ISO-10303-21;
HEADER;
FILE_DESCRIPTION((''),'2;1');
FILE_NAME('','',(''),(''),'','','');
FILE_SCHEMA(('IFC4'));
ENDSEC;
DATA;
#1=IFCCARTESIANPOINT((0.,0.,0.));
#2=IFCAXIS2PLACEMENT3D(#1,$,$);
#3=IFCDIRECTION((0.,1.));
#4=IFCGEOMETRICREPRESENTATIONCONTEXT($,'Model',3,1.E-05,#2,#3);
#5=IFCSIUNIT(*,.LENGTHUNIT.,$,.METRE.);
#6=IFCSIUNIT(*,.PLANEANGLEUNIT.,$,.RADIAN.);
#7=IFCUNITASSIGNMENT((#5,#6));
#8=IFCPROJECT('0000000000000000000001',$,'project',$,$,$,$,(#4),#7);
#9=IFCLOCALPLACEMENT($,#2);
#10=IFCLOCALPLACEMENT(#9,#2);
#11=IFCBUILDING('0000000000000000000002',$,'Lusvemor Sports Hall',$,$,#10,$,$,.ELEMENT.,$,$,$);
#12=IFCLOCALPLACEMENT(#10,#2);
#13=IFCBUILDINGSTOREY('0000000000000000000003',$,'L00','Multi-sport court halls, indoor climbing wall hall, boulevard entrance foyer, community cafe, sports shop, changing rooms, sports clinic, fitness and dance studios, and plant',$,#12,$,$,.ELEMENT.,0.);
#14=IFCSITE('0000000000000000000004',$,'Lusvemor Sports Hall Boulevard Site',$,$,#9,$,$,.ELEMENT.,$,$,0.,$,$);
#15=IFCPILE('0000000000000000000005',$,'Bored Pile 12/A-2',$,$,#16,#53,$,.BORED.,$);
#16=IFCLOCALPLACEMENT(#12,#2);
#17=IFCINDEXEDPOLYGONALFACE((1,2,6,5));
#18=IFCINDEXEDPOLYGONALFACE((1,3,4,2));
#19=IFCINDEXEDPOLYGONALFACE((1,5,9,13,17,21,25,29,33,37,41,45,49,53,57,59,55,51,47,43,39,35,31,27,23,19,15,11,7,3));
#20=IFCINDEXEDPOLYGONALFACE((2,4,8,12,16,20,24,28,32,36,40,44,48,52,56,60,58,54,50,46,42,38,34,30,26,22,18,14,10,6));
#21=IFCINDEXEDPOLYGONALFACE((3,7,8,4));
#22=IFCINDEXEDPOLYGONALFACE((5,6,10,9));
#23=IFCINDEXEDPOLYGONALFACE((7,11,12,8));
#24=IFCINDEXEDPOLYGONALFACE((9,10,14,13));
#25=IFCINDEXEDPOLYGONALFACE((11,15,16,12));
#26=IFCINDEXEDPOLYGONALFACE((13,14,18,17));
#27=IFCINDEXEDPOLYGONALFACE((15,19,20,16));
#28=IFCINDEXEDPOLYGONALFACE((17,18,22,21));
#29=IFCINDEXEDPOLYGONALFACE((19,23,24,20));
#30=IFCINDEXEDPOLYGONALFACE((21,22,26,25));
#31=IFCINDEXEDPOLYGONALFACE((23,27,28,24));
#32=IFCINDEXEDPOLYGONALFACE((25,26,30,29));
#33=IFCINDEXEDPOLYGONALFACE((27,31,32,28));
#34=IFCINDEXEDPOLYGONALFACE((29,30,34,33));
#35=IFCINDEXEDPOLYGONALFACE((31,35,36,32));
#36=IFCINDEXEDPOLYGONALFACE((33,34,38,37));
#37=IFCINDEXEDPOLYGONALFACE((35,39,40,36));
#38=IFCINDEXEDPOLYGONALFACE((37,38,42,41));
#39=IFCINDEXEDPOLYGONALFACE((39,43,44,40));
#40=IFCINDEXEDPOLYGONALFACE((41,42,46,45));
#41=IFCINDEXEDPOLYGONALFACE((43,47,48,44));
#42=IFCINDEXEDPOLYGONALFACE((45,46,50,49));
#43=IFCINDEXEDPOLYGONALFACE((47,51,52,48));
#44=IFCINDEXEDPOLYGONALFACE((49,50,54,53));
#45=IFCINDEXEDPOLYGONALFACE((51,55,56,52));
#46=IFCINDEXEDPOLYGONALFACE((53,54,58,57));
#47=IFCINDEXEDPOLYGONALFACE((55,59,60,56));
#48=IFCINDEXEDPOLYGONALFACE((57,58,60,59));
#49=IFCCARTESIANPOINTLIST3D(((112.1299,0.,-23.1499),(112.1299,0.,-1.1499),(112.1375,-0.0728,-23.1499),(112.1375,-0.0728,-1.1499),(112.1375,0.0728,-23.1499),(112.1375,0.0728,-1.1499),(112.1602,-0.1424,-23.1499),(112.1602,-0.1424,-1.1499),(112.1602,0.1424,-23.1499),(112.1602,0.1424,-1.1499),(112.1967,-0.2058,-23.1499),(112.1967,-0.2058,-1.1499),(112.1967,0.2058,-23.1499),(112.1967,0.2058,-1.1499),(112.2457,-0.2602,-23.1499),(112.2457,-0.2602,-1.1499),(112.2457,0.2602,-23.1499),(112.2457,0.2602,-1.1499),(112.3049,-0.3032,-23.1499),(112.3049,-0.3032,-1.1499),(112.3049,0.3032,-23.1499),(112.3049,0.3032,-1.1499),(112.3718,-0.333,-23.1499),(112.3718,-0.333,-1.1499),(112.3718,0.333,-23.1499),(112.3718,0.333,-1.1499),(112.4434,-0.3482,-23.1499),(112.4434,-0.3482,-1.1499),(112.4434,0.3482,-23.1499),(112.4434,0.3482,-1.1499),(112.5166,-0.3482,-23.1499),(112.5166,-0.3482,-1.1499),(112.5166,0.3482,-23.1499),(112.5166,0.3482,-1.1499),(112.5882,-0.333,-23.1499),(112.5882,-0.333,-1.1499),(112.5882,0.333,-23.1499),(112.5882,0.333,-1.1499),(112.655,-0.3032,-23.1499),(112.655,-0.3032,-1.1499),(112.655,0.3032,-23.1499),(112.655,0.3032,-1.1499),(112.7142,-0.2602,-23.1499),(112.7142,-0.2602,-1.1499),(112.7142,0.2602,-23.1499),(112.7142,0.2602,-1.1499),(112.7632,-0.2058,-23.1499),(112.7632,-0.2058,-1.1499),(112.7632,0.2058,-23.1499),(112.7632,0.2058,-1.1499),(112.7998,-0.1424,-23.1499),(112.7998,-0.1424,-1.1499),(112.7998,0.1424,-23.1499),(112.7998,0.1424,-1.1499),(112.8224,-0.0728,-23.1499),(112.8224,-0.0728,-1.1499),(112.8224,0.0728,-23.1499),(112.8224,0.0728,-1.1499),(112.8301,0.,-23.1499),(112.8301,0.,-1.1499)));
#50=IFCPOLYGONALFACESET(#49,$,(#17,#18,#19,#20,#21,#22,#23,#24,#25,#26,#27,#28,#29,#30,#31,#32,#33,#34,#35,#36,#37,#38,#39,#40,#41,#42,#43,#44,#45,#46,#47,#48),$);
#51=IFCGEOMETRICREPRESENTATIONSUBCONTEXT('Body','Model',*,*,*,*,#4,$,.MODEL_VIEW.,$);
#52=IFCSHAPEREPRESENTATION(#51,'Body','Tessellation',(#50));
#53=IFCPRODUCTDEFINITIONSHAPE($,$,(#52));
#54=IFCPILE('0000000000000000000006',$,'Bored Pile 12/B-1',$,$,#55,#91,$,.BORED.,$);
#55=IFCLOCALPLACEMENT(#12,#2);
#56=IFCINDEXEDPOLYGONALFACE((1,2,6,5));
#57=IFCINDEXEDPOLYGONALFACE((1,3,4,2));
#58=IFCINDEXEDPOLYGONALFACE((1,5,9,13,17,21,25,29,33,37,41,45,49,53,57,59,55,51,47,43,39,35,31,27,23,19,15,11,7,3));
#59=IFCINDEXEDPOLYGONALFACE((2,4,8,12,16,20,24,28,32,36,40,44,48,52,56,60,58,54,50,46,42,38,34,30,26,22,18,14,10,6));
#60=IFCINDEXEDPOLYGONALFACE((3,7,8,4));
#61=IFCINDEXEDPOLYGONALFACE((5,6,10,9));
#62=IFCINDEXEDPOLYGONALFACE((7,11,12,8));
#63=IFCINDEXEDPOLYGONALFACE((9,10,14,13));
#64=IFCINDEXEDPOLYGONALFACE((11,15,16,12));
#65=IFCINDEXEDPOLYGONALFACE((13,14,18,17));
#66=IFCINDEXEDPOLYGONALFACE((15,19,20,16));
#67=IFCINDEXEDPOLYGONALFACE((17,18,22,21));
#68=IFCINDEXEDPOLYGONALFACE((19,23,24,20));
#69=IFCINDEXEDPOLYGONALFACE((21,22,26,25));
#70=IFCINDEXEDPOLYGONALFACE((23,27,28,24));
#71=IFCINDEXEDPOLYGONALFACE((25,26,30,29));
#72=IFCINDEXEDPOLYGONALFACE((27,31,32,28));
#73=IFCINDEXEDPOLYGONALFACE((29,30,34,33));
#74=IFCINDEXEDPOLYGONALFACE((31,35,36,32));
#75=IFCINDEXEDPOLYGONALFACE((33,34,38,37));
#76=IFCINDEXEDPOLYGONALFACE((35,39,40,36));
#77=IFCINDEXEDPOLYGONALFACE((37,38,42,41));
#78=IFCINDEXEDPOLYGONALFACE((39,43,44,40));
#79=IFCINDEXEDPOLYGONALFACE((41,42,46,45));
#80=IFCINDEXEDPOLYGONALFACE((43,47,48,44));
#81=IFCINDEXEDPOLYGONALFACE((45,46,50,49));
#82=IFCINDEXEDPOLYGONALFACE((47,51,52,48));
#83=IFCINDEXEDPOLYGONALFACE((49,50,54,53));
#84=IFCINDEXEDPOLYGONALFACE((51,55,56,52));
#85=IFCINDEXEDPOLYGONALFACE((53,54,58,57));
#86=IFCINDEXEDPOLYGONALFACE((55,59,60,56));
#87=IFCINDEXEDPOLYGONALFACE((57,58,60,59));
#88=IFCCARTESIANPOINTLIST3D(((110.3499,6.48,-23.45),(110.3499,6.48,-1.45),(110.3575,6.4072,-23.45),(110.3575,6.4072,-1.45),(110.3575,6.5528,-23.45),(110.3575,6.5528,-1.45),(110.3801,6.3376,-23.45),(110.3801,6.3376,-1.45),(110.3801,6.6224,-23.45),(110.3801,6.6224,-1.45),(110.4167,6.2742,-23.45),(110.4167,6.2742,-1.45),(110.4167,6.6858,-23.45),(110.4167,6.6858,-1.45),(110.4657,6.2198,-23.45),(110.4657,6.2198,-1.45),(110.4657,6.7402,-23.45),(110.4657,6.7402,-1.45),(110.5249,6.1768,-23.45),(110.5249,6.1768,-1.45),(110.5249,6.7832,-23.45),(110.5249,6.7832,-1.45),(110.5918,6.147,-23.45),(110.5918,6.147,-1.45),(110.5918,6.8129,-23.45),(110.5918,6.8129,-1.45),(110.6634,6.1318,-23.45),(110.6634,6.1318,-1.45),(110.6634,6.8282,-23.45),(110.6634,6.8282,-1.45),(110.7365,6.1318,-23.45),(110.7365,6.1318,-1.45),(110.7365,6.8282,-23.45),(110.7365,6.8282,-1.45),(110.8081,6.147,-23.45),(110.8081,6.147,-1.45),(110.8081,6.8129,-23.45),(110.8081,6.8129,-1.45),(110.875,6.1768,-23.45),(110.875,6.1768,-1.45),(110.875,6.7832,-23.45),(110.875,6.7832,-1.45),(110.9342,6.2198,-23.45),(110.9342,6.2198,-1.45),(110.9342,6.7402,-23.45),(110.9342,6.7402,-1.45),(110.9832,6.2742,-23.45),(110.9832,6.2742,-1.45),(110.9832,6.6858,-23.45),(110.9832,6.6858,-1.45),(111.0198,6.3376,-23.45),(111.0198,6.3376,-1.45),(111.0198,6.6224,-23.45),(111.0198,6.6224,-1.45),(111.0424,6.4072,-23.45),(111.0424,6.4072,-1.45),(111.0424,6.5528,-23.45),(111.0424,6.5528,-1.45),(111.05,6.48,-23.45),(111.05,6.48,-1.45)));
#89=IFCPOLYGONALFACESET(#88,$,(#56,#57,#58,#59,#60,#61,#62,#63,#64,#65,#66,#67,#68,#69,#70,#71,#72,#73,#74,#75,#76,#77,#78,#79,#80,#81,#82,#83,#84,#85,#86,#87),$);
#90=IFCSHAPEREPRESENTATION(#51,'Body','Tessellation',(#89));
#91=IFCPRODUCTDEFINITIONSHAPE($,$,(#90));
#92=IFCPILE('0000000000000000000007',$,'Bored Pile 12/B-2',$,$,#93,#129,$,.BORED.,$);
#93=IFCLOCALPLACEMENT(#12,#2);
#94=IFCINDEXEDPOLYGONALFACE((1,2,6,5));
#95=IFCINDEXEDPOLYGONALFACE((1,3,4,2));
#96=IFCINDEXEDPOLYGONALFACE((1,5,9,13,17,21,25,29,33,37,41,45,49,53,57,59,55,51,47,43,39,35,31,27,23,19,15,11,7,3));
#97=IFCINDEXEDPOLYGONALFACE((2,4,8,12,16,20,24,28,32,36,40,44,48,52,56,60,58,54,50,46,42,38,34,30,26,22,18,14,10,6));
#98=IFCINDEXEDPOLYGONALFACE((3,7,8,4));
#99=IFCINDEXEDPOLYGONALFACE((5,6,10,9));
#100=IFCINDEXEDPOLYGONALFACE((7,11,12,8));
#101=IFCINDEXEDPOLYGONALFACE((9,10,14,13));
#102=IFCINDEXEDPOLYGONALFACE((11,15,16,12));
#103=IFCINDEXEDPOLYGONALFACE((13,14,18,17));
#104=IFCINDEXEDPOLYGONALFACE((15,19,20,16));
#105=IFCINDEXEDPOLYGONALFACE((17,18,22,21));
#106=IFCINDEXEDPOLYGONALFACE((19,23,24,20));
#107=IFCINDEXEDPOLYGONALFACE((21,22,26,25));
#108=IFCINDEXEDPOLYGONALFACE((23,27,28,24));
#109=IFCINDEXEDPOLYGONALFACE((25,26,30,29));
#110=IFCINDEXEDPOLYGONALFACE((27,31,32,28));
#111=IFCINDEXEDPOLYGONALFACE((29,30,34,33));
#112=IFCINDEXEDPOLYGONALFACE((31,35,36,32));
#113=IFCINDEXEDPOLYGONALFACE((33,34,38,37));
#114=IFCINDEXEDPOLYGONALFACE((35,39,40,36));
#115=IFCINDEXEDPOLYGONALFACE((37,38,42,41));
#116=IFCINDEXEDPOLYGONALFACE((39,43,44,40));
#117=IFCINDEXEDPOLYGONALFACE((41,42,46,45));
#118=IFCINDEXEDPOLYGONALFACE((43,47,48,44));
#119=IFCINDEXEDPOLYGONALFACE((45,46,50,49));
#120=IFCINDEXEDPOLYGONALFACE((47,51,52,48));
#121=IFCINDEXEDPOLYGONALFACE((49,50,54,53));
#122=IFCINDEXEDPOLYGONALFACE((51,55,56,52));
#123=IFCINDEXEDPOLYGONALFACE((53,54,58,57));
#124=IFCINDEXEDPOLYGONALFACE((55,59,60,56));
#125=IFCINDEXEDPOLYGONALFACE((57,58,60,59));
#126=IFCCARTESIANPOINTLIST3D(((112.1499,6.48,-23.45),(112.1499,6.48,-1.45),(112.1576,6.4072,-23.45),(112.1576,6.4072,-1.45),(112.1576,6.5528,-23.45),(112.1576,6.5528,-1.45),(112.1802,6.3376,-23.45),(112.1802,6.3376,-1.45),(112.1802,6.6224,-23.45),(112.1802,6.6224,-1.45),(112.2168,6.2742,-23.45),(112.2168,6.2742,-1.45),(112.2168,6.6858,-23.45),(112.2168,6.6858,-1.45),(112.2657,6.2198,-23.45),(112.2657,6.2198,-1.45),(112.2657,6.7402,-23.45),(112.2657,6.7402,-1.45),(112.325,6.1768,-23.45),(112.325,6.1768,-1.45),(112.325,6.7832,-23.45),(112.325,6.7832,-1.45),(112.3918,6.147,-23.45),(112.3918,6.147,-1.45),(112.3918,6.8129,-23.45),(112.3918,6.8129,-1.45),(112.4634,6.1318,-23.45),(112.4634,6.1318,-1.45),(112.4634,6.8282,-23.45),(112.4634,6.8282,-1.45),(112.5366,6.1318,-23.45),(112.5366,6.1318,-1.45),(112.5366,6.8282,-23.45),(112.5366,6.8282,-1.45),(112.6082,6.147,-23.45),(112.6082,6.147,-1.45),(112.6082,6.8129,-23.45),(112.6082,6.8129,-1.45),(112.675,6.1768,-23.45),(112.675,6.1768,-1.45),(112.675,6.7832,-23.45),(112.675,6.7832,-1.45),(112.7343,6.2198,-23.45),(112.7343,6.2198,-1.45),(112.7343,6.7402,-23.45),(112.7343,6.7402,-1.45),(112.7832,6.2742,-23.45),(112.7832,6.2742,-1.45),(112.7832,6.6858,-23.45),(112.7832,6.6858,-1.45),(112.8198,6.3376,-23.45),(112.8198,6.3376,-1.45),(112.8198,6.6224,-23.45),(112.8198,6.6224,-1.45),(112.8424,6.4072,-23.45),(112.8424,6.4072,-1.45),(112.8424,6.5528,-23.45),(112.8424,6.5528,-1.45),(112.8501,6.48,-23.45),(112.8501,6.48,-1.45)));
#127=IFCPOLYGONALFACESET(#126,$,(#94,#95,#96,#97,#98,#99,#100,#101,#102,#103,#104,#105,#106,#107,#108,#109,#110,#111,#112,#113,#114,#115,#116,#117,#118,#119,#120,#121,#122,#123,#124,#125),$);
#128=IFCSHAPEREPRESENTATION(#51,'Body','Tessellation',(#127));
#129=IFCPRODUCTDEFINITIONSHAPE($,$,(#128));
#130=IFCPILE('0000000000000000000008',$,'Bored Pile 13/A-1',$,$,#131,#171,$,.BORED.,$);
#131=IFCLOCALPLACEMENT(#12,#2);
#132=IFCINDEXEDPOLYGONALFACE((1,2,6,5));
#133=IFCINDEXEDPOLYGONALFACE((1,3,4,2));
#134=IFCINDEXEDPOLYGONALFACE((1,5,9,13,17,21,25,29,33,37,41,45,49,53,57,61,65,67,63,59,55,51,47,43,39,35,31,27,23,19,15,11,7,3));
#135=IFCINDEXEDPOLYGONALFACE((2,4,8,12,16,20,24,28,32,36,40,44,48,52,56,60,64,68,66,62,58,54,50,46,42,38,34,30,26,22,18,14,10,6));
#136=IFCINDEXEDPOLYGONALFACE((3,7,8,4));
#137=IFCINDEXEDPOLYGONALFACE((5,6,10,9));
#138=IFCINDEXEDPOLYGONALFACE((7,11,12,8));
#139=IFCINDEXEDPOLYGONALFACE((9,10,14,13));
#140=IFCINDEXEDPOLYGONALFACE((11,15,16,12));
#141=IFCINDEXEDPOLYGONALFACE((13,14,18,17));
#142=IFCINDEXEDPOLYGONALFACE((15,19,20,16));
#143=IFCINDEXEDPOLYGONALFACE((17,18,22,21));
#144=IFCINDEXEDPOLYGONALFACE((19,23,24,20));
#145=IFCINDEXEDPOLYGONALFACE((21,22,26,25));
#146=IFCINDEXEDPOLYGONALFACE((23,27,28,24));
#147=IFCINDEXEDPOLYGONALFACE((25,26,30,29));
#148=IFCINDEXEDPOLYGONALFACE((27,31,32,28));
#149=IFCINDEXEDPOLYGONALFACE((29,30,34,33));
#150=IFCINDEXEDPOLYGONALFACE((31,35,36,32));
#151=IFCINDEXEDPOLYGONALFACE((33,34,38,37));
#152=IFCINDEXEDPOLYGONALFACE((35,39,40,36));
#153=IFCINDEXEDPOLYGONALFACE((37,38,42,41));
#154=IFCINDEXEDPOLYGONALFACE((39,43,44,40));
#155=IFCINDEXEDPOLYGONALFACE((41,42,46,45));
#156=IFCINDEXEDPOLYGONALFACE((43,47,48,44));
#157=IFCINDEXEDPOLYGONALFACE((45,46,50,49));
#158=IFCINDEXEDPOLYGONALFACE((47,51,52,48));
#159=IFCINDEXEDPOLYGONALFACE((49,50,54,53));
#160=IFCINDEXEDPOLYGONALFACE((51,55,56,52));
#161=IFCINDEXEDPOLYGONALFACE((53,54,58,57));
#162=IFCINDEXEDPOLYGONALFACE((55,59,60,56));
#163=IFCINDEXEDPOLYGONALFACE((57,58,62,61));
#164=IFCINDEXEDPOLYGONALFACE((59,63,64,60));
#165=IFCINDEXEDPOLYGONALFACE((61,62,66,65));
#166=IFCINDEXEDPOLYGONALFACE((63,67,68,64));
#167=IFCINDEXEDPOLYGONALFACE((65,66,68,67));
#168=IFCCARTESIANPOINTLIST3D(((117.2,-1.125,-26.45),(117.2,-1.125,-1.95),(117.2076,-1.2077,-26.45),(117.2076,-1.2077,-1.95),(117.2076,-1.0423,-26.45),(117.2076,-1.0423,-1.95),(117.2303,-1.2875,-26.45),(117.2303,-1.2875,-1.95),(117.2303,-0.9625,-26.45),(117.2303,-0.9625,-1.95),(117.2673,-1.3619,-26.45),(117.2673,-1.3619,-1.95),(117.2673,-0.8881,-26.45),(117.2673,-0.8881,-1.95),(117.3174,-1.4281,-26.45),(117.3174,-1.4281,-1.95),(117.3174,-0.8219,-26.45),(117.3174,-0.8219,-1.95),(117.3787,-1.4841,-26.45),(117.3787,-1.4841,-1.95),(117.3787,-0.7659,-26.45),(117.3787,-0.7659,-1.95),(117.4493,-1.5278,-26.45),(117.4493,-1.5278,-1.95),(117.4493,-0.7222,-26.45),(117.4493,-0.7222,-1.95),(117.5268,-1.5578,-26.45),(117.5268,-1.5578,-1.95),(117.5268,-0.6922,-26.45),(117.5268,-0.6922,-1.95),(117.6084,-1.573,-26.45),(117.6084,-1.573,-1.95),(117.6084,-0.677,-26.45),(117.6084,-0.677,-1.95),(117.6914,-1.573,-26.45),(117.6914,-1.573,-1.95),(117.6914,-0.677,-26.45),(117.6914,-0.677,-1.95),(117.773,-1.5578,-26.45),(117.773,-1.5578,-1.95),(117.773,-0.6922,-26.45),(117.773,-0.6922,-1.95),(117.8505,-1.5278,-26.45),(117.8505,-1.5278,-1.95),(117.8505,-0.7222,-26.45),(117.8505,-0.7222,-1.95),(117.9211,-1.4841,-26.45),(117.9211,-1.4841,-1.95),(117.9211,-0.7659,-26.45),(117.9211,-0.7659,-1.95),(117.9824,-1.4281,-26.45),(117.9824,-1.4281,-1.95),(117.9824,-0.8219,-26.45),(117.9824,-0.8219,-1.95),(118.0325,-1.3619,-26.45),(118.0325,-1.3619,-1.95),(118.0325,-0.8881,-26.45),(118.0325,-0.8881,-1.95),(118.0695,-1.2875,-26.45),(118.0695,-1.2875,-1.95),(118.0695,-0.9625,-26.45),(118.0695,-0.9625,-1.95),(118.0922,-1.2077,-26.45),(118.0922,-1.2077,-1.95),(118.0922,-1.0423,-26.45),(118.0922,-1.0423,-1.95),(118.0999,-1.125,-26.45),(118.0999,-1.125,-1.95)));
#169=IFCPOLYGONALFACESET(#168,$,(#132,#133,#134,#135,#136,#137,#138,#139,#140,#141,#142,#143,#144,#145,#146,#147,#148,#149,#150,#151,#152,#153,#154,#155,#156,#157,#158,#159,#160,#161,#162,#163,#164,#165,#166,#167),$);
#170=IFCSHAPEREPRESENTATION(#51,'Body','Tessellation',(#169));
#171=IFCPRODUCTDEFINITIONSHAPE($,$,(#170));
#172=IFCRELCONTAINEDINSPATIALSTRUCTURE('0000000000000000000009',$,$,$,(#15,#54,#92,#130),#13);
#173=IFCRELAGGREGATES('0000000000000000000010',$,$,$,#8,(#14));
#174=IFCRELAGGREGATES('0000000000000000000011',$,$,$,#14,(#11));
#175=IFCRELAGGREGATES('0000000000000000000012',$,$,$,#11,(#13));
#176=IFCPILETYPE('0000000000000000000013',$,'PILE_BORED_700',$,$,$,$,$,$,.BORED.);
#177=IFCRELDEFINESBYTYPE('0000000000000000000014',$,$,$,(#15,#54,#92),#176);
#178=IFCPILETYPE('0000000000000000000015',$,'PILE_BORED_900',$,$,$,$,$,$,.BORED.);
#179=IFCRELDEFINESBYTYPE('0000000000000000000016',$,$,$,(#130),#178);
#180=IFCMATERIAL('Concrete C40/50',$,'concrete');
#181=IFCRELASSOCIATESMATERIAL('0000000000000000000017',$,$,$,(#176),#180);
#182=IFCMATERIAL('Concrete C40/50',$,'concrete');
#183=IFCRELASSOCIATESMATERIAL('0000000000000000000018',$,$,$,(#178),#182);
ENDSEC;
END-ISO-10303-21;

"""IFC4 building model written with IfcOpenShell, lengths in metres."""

from ifc_helpers import new_model, si_unit, direction, frame, origin, origin_2d, place, context, subcontext, project, spatial, circle, extrude, material, material_profile, profile_set, type_object, element, save


model = new_model("IFC4")

# Units and contexts
model_context = context("Model", 3, precision=1e-05, world=origin(), true_north=direction((0.0, 1.0)))
body_context = subcontext(model_context, "Body", "Model", "MODEL_VIEW")
ifc_project = project(units=[si_unit("LENGTHUNIT", "METRE"), si_unit("PLANEANGLEUNIT", "RADIAN")], contexts=[model_context])

# Site, building, storey
site_placement = place(None, origin())
site = spatial("IfcSite", under=ifc_project, at=site_placement, Name="Lusvemor Sports Hall Boulevard Site", CompositionType="ELEMENT", RefElevation=0.0)
building_placement = place(site_placement, origin())
building = spatial("IfcBuilding", under=site, at=building_placement, Name="Lusvemor Sports Hall", CompositionType="ELEMENT")
storey_placement = place(building_placement, origin())
storey = spatial("IfcBuildingStorey", under=building, at=storey_placement, Name="L00", Description="Multi-sport court halls, indoor climbing wall hall, boulevard entrance foyer, community cafe, sports shop, changing rooms, sports clinic, fitness and dance studios, and plant", CompositionType="ELEMENT", Elevation=0.0)

# Piles
ifc_material_1 = material(Name="Concrete C40/50", Category="concrete")
ifc_material_profile_1 = material_profile(ifc_material_1, circle(Radius=0.3501, at=origin_2d()), Name="PILE700")
ifc_profile_set_1 = profile_set([ifc_material_profile_1], Name="Concrete C40/50")
pile_type_1 = type_object("IfcPileType", Name="PILE_BORED_700", PredefinedType="BORED", material=ifc_profile_set_1)
for number, where, z_axis, x_axis, name in (
    (1, (112.48, 0.0, -1.1499), (0.0, 0.0, -1.0), (1.0, 0.0, 0.0), "Bored Pile 12/A-2"),
    (2, (110.7, 6.48, -1.45), (0.0, 0.0, -1.0), (1.0, 0.0, 0.0), "Bored Pile 12/B-1"),
    (3, (112.5, 6.48, -1.45), (0.0, 0.0, -1.0), (1.0, 0.0, 0.0), "Bored Pile 12/B-2"),
):
    element("IfcPile", number, at=place(storey_placement, frame(where, z_axis=z_axis, x_axis=x_axis)), inside=storey, type_object=pile_type_1, Name=name, PredefinedType="BORED", context=body_context, shape_type="SweptSolid", body=[
        extrude(circle(Radius=0.3501, at=origin_2d()), origin(), (0.0, 0.0, 1.0), 22.0),
    ])
ifc_material_2 = material(Name="Concrete C40/50", Category="concrete")
ifc_material_profile_2 = material_profile(ifc_material_2, circle(Radius=0.45, at=origin_2d()), Name="PILE900")
ifc_profile_set_2 = profile_set([ifc_material_profile_2], Name="Concrete C40/50")
pile_type_2 = type_object("IfcPileType", Name="PILE_BORED_900", PredefinedType="BORED", material=ifc_profile_set_2)
for number, where, z_axis, x_axis, name in (
    (4, (117.6499, -1.125, -1.95), (0.0, 0.0, -1.0), (1.0, 0.0, 0.0), "Bored Pile 13/A-1"),
):
    element("IfcPile", number, at=place(storey_placement, frame(where, z_axis=z_axis, x_axis=x_axis)), inside=storey, type_object=pile_type_2, Name=name, PredefinedType="BORED", context=body_context, shape_type="SweptSolid", body=[
        extrude(circle(Radius=0.45, at=origin_2d()), origin(), (0.0, 0.0, 1.0), 24.5),
    ])

save(model, "model.ifc")
